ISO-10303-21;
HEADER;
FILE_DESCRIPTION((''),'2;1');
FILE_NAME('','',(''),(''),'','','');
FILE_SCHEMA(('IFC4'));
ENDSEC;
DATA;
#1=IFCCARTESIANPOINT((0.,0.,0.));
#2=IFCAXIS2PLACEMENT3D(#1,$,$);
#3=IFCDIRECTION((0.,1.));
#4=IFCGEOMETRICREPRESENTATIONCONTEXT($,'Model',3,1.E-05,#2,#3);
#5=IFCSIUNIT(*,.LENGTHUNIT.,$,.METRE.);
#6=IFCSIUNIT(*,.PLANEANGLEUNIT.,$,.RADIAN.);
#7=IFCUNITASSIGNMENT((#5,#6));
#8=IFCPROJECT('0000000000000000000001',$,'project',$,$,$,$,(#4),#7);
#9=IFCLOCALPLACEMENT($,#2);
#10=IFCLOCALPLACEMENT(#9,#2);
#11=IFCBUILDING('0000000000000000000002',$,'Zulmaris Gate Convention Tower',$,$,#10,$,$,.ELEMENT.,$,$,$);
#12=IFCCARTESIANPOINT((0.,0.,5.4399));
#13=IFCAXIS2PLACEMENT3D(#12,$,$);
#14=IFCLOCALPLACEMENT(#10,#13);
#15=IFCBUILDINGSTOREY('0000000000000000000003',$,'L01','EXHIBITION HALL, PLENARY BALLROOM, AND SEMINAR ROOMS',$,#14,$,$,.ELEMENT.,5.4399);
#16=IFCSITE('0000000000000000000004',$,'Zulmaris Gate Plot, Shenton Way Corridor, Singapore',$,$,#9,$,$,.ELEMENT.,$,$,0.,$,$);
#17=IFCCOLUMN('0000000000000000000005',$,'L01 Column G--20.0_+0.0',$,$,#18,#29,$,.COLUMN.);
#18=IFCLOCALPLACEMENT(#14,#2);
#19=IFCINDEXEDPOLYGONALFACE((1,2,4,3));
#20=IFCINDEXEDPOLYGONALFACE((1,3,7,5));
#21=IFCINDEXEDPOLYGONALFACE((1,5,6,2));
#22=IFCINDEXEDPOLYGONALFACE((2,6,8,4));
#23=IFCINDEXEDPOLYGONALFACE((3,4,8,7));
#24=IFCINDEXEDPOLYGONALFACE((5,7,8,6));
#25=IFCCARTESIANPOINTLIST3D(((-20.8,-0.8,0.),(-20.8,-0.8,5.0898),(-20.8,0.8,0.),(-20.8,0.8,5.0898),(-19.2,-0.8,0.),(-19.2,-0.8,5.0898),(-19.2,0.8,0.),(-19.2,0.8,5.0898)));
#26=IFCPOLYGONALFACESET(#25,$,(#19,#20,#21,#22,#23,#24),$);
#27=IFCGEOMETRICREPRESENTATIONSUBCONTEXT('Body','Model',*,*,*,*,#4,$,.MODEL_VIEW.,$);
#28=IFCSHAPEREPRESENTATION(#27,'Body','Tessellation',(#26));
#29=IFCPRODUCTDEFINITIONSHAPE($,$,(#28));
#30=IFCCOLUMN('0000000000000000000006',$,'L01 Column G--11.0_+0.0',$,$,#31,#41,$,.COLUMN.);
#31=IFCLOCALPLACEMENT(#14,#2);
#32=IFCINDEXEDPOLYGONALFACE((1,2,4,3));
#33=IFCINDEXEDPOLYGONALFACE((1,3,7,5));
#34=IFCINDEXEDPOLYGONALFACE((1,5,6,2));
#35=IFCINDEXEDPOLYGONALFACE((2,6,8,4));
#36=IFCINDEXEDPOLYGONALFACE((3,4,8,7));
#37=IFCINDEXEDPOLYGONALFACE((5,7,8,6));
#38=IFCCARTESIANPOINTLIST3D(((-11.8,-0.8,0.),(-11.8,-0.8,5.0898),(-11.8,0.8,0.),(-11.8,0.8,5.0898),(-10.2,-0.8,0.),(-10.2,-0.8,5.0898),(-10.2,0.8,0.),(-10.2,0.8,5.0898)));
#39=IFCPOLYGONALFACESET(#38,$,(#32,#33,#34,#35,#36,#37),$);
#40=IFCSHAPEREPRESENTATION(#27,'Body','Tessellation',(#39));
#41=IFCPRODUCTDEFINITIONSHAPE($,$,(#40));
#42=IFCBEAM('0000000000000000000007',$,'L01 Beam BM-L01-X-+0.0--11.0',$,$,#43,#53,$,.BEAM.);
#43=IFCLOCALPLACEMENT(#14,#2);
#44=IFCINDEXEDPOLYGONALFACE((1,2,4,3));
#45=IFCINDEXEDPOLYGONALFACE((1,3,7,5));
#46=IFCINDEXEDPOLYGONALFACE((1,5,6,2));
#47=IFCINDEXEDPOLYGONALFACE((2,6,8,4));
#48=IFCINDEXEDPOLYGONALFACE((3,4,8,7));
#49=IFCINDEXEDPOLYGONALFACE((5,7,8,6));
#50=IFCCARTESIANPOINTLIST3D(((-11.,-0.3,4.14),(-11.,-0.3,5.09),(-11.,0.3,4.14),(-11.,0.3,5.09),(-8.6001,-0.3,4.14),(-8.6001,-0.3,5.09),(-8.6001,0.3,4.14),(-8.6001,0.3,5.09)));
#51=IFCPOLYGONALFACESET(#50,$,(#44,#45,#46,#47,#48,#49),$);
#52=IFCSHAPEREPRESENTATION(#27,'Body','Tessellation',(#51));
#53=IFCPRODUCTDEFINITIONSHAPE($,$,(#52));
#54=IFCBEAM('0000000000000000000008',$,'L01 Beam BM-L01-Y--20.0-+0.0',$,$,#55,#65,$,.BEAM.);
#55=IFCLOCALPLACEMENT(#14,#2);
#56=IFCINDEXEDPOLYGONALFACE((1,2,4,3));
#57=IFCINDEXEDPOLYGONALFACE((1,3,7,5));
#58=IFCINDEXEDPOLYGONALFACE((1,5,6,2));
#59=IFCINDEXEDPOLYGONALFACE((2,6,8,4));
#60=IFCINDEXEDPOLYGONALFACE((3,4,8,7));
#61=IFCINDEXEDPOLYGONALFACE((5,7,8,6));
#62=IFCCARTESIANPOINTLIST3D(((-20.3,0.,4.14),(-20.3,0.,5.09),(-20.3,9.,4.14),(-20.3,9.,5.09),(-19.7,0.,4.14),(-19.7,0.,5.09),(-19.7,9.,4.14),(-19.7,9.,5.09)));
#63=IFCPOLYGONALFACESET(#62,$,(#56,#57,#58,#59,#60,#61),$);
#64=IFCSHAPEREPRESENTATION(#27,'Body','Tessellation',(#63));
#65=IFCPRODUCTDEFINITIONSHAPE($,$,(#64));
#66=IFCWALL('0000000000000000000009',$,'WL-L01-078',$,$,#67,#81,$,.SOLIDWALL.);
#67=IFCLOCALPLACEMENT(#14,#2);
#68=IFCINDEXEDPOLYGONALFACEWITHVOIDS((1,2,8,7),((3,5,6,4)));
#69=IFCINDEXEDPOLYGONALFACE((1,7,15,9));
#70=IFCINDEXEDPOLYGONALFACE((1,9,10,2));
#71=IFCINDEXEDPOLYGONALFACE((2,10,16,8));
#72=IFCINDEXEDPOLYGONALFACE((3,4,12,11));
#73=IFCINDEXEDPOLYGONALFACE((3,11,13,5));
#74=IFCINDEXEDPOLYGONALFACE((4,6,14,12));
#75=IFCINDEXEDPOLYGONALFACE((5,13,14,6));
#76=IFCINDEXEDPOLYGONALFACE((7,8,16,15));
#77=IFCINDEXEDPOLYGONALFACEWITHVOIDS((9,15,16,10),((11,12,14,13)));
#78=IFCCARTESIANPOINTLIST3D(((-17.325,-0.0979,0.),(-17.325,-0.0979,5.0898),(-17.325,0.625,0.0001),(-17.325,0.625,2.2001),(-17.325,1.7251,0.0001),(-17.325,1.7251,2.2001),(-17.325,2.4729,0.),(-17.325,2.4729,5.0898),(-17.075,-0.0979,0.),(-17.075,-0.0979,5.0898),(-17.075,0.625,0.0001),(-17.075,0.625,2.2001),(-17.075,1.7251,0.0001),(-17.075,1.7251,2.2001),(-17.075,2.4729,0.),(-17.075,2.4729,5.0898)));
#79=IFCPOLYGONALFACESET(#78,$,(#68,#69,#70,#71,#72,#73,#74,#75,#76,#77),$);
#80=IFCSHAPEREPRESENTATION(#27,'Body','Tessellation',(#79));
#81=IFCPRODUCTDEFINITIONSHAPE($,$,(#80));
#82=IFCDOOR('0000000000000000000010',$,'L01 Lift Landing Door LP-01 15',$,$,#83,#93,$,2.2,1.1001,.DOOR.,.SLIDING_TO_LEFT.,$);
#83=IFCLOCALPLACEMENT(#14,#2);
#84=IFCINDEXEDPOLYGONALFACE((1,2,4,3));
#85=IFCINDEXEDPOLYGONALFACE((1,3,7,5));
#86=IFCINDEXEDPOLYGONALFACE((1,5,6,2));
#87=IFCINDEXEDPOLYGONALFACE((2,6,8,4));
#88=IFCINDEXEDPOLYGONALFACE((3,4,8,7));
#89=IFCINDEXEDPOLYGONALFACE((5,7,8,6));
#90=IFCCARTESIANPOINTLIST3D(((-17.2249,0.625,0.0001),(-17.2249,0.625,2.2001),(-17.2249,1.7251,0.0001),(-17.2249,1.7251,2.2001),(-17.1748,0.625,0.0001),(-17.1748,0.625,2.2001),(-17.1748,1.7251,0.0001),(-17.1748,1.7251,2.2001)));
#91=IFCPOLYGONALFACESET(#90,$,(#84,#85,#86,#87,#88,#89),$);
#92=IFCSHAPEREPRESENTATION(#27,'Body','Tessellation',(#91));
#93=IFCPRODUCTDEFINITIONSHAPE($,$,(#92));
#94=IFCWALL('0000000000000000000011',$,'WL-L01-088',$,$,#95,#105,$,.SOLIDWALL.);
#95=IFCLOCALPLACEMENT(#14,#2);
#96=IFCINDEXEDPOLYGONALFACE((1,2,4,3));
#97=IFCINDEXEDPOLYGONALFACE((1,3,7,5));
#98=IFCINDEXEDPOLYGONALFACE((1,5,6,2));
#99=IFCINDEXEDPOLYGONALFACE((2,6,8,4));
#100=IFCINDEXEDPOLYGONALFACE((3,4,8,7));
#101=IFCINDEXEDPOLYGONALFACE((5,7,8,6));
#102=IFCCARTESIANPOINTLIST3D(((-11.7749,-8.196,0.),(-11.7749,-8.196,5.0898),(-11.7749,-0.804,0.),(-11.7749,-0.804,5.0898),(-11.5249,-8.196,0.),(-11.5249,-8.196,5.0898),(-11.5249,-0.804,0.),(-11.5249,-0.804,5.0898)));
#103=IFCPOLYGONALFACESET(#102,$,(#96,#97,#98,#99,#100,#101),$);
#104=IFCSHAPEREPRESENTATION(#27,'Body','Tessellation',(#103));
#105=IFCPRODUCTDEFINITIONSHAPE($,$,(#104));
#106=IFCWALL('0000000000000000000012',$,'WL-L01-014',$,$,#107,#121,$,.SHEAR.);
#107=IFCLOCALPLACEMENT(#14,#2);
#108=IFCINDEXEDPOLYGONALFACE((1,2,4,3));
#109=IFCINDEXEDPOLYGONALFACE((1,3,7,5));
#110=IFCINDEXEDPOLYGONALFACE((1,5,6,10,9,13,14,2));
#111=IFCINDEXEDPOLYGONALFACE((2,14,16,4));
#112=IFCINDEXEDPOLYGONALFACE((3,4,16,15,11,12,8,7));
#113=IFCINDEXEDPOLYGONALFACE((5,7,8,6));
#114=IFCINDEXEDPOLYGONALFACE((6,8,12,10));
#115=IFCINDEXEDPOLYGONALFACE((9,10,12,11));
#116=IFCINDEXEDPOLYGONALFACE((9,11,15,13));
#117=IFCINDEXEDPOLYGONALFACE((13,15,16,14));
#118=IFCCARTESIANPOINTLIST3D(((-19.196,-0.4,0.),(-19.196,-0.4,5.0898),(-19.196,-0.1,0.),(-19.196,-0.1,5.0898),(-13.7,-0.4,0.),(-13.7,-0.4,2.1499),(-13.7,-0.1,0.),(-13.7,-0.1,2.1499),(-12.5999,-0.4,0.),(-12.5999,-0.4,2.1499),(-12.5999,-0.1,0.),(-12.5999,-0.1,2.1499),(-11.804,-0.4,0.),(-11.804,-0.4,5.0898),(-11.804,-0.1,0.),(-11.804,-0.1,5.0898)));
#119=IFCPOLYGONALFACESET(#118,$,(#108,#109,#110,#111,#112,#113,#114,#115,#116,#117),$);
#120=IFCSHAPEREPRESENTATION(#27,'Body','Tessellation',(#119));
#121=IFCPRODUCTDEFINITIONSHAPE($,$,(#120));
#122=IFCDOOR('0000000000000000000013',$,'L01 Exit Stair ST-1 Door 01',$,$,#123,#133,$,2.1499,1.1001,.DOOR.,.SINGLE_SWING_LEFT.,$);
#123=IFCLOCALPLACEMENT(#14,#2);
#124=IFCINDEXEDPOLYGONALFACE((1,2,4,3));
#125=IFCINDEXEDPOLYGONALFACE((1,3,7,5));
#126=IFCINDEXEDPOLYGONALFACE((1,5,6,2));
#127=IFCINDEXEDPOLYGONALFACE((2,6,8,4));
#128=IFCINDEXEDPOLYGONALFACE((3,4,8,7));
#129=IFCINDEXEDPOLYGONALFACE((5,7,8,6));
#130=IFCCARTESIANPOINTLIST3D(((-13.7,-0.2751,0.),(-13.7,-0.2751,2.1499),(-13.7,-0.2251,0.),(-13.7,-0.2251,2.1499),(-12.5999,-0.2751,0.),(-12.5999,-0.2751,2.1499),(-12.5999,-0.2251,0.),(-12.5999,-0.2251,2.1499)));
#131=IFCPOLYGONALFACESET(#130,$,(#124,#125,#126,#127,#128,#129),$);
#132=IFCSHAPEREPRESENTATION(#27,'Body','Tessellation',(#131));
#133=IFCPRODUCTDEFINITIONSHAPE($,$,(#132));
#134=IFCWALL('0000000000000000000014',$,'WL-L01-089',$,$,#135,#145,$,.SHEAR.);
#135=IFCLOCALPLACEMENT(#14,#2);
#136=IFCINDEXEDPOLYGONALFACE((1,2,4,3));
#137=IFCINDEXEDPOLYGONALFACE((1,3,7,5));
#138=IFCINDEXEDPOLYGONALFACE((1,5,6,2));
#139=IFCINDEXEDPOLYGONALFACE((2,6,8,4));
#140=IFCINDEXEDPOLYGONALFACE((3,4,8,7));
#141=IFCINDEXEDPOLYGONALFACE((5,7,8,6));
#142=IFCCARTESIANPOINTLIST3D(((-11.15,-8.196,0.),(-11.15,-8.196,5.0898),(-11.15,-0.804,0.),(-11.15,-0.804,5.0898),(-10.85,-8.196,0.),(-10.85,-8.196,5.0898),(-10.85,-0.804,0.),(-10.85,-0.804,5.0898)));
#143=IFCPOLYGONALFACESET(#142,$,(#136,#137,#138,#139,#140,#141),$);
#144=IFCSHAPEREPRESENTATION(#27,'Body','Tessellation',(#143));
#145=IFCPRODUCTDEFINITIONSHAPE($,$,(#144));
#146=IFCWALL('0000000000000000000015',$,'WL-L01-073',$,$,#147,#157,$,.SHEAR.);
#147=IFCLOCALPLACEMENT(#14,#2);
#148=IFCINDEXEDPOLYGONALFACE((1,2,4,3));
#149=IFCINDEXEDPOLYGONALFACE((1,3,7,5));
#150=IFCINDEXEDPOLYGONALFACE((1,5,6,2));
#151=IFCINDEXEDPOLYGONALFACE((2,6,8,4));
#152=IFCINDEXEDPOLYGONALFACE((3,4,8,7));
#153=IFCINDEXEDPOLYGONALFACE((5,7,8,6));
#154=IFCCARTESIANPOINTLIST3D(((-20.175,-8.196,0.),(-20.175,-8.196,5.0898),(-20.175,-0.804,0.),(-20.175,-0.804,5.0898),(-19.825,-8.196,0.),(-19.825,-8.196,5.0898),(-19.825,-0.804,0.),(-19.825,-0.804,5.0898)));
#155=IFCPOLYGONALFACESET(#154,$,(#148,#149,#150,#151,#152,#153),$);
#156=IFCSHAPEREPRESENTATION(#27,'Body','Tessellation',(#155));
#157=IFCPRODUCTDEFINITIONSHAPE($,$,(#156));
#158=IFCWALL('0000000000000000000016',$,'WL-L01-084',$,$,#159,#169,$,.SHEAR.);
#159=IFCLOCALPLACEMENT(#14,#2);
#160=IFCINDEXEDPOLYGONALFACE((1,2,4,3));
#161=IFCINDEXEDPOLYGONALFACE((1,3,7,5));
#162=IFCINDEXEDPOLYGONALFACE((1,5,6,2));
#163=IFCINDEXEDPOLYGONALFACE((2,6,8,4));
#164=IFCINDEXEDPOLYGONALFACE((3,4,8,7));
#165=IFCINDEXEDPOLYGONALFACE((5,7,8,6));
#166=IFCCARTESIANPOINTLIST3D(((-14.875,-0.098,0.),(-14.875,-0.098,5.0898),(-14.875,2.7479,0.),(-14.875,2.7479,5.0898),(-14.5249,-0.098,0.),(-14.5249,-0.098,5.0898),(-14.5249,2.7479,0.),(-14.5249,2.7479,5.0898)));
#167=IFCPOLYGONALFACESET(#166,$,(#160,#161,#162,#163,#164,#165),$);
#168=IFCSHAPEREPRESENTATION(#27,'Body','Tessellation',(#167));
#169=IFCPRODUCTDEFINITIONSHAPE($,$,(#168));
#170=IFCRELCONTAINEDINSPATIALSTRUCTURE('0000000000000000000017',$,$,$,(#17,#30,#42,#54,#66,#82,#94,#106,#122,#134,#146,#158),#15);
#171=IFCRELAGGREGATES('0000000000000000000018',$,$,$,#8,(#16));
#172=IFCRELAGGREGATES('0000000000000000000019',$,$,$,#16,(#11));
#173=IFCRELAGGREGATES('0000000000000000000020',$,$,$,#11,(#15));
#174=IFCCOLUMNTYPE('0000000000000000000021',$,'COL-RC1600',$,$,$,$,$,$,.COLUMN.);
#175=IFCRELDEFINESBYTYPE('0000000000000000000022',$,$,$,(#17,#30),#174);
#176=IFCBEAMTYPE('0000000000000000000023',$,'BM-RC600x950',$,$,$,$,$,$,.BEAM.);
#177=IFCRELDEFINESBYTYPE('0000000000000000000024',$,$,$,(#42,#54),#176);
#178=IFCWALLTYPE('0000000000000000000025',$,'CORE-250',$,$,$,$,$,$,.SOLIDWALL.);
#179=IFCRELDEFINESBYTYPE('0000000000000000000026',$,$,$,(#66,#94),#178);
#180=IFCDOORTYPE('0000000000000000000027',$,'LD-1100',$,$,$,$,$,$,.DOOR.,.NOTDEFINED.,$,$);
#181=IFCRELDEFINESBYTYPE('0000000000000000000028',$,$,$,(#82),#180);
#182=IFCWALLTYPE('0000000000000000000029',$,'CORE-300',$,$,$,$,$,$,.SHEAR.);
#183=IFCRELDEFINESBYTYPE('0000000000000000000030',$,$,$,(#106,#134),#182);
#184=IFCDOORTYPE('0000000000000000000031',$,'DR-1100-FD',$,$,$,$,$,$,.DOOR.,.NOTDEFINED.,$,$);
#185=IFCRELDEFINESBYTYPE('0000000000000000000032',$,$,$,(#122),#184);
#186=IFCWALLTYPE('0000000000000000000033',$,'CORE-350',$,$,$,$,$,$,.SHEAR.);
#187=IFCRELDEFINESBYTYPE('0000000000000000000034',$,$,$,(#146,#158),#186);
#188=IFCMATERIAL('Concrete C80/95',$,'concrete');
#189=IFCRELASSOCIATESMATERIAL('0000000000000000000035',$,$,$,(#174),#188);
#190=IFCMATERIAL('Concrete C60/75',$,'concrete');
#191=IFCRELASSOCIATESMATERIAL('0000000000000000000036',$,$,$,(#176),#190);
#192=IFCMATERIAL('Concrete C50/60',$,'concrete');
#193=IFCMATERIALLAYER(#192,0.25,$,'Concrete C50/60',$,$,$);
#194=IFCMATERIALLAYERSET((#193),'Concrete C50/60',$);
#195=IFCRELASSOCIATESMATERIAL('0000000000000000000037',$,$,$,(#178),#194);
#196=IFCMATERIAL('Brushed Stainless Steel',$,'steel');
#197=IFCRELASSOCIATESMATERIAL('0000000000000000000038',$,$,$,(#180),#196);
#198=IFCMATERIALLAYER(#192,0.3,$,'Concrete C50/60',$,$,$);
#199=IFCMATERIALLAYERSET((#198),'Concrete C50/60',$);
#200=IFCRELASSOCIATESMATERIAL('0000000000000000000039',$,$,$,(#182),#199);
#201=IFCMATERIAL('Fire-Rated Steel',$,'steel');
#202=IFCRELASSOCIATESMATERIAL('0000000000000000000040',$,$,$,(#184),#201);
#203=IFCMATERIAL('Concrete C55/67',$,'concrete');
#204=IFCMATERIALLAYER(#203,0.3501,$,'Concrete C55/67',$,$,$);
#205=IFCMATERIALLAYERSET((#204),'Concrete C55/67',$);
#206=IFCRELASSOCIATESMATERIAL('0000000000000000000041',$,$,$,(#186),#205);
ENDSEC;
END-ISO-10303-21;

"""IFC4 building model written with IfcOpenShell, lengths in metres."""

from ifc_helpers import new_model, si_unit, direction, frame, frame_2d, origin, origin_2d, place, context, subcontext, project, spatial, rectangle, extrude, material, layer, layer_set, material_profile, profile_set, type_object, element, fill, save


model = new_model("IFC4")

# Units and contexts
model_context = context("Model", 3, precision=1e-05, world=origin(), true_north=direction((0.0, 1.0)))
body_context = subcontext(model_context, "Body", "Model", "MODEL_VIEW")
ifc_project = project(units=[si_unit("LENGTHUNIT", "METRE"), si_unit("PLANEANGLEUNIT", "RADIAN")], contexts=[model_context])

# Site, building, storey
site_placement = place(None, origin())
site = spatial("IfcSite", under=ifc_project, at=site_placement, Name="Zulmaris Gate Plot, Shenton Way Corridor, Singapore", CompositionType="ELEMENT", RefElevation=0.0)
building_placement = place(site_placement, origin())
building = spatial("IfcBuilding", under=site, at=building_placement, Name="Zulmaris Gate Convention Tower", CompositionType="ELEMENT")
storey_placement = place(building_placement, frame((0.0, 0.0, 5.4399)))
storey = spatial("IfcBuildingStorey", under=building, at=storey_placement, Name="L01", Description="EXHIBITION HALL, PLENARY BALLROOM, AND SEMINAR ROOMS", CompositionType="ELEMENT", Elevation=5.4399)

# Columns
ifc_material_1 = material(Name="Concrete C80/95", Category="concrete")
ifc_material_profile_1 = material_profile(ifc_material_1, rectangle(XDim=1.6001, YDim=1.6001, at=origin_2d()), Name="RC COL 1600x1600")
ifc_profile_set_1 = profile_set([ifc_material_profile_1], Name="Concrete C80/95")
column_type = type_object("IfcColumnType", Name="COL-RC1600", PredefinedType="COLUMN", material=ifc_profile_set_1)
for number, where, z_axis, x_axis, name in (
    (1, (-20.0, 0.0, 0.0), (0.0, 0.0, 1.0), (1.0, 0.0, 0.0), "L01 Column G--20.0_+0.0"),
    (2, (-11.0, 0.0, 0.0), (0.0, 0.0, 1.0), (1.0, 0.0, 0.0), "L01 Column G--11.0_+0.0"),
):
    element("IfcColumn", number, at=place(storey_placement, frame(where, z_axis=z_axis, x_axis=x_axis)), inside=storey, type_object=column_type, Name=name, PredefinedType="COLUMN", context=body_context, shape_type="SweptSolid", body=[
        extrude(rectangle(XDim=1.6001, YDim=1.6001, at=origin_2d()), origin(), (0.0, 0.0, 1.0), 5.0898),
    ])

# Beams
ifc_material_2 = material(Name="Concrete C60/75", Category="concrete")
ifc_material_profile_2 = material_profile(ifc_material_2, rectangle(XDim=0.6001, YDim=0.95, at=origin_2d()), Name="RC BEAM 600x950")
ifc_profile_set_2 = profile_set([ifc_material_profile_2], Name="Concrete C60/75")
beam_type = type_object("IfcBeamType", Name="BM-RC600x950", PredefinedType="BEAM", material=ifc_profile_set_2)
beam_1_placement = place(storey_placement, frame((-11.0, 0.0, 4.615), z_axis=(1.0, 0.0, 0.0), x_axis=(0.0, 1.0, 0.0)))
element("IfcBeam", 3, at=beam_1_placement, inside=storey, type_object=beam_type, Name="L01 Beam BM-L01-X-+0.0--11.0", PredefinedType="BEAM", context=body_context, shape_type="SweptSolid", body=[
    extrude(rectangle(XDim=0.6001, YDim=0.95, at=origin_2d()), origin(), (0.0, 0.0, 1.0), 2.3999),
])
beam_2_placement = place(storey_placement, frame((-20.0, 0.0, 4.615), z_axis=(0.0, 1.0, 0.0), x_axis=(-1.0, 0.0, 0.0)))
element("IfcBeam", 4, at=beam_2_placement, inside=storey, type_object=beam_type, Name="L01 Beam BM-L01-Y--20.0-+0.0", PredefinedType="BEAM", context=body_context, shape_type="SweptSolid", body=[
    extrude(rectangle(XDim=0.6001, YDim=0.95, at=origin_2d()), origin(), (0.0, 0.0, 1.0), 9.0),
])

# Wall, opening, door
ifc_material_3 = material(Name="Concrete C50/60", Category="concrete")
ifc_layer_1 = layer(ifc_material_3, 0.25, Name="Concrete C50/60")
ifc_layer_set_1 = layer_set([ifc_layer_1], Name="Concrete C50/60")
wall_type_1 = type_object("IfcWallType", Name="CORE-250", PredefinedType="SOLIDWALL", material=ifc_layer_set_1)
wall_1_placement = place(storey_placement, frame((-17.2, -0.0979, 0.0), z_axis=(0.0, 0.0, 1.0), x_axis=(0.0, 1.0, 0.0)))
wall_1 = element("IfcWall", 5, at=wall_1_placement, inside=storey, type_object=wall_type_1, Name="WL-L01-078", PredefinedType="SOLIDWALL", context=body_context, shape_type="SweptSolid", body=[
    extrude(rectangle(XDim=2.5708, YDim=0.25, at=frame_2d((1.2854, 0.0))), origin(), (0.0, 0.0, 1.0), 5.0898),
])
opening_1_placement = place(wall_1_placement, frame((0.7229, 0.0, 0.0)))
opening_1 = element("IfcOpeningElement", 6, at=opening_1_placement, cuts=wall_1, PredefinedType="OPENING", context=body_context, shape_type="SweptSolid", body=[
    extrude(rectangle(XDim=1.1001, YDim=2.2, at=frame_2d((0.55, 1.1001))), frame((0.0, 0.135, 0.0), z_axis=(0.0, -1.0, 0.0), x_axis=(1.0, 0.0, 0.0)), (0.0, 0.0, 1.0), 0.27),
])
ifc_material_4 = material(Name="Brushed Stainless Steel", Category="steel")
door_type_1 = type_object("IfcDoorType", Name="LD-1100", OperationType="NOTDEFINED", PredefinedType="DOOR", material=ifc_material_4)
door_1_placement = place(opening_1_placement, origin())
door_1 = element("IfcDoor", 7, at=door_1_placement, inside=storey, type_object=door_type_1, Name="L01 Lift Landing Door LP-01 15", OperationType="SLIDING_TO_LEFT", OverallHeight=2.2, OverallWidth=1.1001, PredefinedType="DOOR", context=body_context, shape_type="SweptSolid", body=[
    extrude(rectangle(XDim=1.1001, YDim=2.2, at=frame_2d((0.55, 1.1001))), frame((0.0, 0.0249, 0.0), z_axis=(0.0, -1.0, 0.0), x_axis=(1.0, 0.0, 0.0)), (0.0, 0.0, 1.0), 0.05),
])
fill(opening_1, door_1)

# Wall
wall_2_placement = place(storey_placement, frame((-11.6499, -8.196, 0.0), z_axis=(0.0, 0.0, 1.0), x_axis=(0.0, 1.0, 0.0)))
element("IfcWall", 8, at=wall_2_placement, inside=storey, type_object=wall_type_1, Name="WL-L01-088", PredefinedType="SOLIDWALL", context=body_context, shape_type="SweptSolid", body=[
    extrude(rectangle(XDim=7.3921, YDim=0.25, at=frame_2d((3.696, 0.0))), origin(), (0.0, 0.0, 1.0), 5.0898),
])

# Wall, opening, door
ifc_layer_2 = layer(ifc_material_3, 0.3, Name="Concrete C50/60")
ifc_layer_set_2 = layer_set([ifc_layer_2], Name="Concrete C50/60")
wall_type_2 = type_object("IfcWallType", Name="CORE-300", PredefinedType="SHEAR", material=ifc_layer_set_2)
wall_3_placement = place(storey_placement, frame((-19.196, -0.25, 0.0), z_axis=(0.0, 0.0, 1.0), x_axis=(1.0, 0.0, 0.0)))
wall_3 = element("IfcWall", 9, at=wall_3_placement, inside=storey, type_object=wall_type_2, Name="WL-L01-014", PredefinedType="SHEAR", context=body_context, shape_type="SweptSolid", body=[
    extrude(rectangle(XDim=7.3921, YDim=0.3, at=frame_2d((3.696, 0.0))), origin(), (0.0, 0.0, 1.0), 5.0898),
])
opening_2_placement = place(wall_3_placement, frame((5.4961, 0.0, 0.0)))
opening_2 = element("IfcOpeningElement", 10, at=opening_2_placement, cuts=wall_3, PredefinedType="OPENING", context=body_context, shape_type="SweptSolid", body=[
    extrude(rectangle(XDim=1.1001, YDim=2.1499, at=frame_2d((0.55, 1.075))), frame((0.0, 0.1602, 0.0), z_axis=(0.0, -1.0, 0.0), x_axis=(1.0, 0.0, 0.0)), (0.0, 0.0, 1.0), 0.3201),
])
ifc_material_5 = material(Name="Fire-Rated Steel", Category="steel")
door_type_2 = type_object("IfcDoorType", Name="DR-1100-FD", OperationType="NOTDEFINED", PredefinedType="DOOR", material=ifc_material_5)
door_2_placement = place(opening_2_placement, origin())
door_2 = element("IfcDoor", 11, at=door_2_placement, inside=storey, type_object=door_type_2, Name="L01 Exit Stair ST-1 Door 01", OperationType="SINGLE_SWING_LEFT", OverallHeight=2.1499, OverallWidth=1.1001, PredefinedType="DOOR", context=body_context, shape_type="SweptSolid", body=[
    extrude(rectangle(XDim=1.1001, YDim=2.1499, at=frame_2d((0.55, 1.075))), frame((0.0, 0.0249, 0.0), z_axis=(0.0, -1.0, 0.0), x_axis=(1.0, 0.0, 0.0)), (0.0, 0.0, 1.0), 0.05),
])
fill(opening_2, door_2)

# Walls
wall_4_placement = place(storey_placement, frame((-11.0, -8.196, 0.0), z_axis=(0.0, 0.0, 1.0), x_axis=(0.0, 1.0, 0.0)))
element("IfcWall", 12, at=wall_4_placement, inside=storey, type_object=wall_type_2, Name="WL-L01-089", PredefinedType="SHEAR", context=body_context, shape_type="SweptSolid", body=[
    extrude(rectangle(XDim=7.3921, YDim=0.3, at=frame_2d((3.696, 0.0))), origin(), (0.0, 0.0, 1.0), 5.0898),
])
ifc_material_6 = material(Name="Concrete C55/67", Category="concrete")
ifc_layer_3 = layer(ifc_material_6, 0.3501, Name="Concrete C55/67")
ifc_layer_set_3 = layer_set([ifc_layer_3], Name="Concrete C55/67")
wall_type_3 = type_object("IfcWallType", Name="CORE-350", PredefinedType="SHEAR", material=ifc_layer_set_3)
wall_5_placement = place(storey_placement, frame((-20.0, -8.196, 0.0), z_axis=(0.0, 0.0, 1.0), x_axis=(0.0, 1.0, 0.0)))
element("IfcWall", 13, at=wall_5_placement, inside=storey, type_object=wall_type_3, Name="WL-L01-073", PredefinedType="SHEAR", context=body_context, shape_type="SweptSolid", body=[
    extrude(rectangle(XDim=7.3921, YDim=0.3501, at=frame_2d((3.696, 0.0))), origin(), (0.0, 0.0, 1.0), 5.0898),
])
wall_6_placement = place(storey_placement, frame((-14.7, -0.0979, 0.0), z_axis=(0.0, 0.0, 1.0), x_axis=(0.0, 1.0, 0.0)))
element("IfcWall", 14, at=wall_6_placement, inside=storey, type_object=wall_type_3, Name="WL-L01-084", PredefinedType="SHEAR", context=body_context, shape_type="SweptSolid", body=[
    extrude(rectangle(XDim=2.8459, YDim=0.3501, at=frame_2d((1.4229, 0.0))), origin(), (0.0, 0.0, 1.0), 5.0898),
])

save(model, "model.ifc")
